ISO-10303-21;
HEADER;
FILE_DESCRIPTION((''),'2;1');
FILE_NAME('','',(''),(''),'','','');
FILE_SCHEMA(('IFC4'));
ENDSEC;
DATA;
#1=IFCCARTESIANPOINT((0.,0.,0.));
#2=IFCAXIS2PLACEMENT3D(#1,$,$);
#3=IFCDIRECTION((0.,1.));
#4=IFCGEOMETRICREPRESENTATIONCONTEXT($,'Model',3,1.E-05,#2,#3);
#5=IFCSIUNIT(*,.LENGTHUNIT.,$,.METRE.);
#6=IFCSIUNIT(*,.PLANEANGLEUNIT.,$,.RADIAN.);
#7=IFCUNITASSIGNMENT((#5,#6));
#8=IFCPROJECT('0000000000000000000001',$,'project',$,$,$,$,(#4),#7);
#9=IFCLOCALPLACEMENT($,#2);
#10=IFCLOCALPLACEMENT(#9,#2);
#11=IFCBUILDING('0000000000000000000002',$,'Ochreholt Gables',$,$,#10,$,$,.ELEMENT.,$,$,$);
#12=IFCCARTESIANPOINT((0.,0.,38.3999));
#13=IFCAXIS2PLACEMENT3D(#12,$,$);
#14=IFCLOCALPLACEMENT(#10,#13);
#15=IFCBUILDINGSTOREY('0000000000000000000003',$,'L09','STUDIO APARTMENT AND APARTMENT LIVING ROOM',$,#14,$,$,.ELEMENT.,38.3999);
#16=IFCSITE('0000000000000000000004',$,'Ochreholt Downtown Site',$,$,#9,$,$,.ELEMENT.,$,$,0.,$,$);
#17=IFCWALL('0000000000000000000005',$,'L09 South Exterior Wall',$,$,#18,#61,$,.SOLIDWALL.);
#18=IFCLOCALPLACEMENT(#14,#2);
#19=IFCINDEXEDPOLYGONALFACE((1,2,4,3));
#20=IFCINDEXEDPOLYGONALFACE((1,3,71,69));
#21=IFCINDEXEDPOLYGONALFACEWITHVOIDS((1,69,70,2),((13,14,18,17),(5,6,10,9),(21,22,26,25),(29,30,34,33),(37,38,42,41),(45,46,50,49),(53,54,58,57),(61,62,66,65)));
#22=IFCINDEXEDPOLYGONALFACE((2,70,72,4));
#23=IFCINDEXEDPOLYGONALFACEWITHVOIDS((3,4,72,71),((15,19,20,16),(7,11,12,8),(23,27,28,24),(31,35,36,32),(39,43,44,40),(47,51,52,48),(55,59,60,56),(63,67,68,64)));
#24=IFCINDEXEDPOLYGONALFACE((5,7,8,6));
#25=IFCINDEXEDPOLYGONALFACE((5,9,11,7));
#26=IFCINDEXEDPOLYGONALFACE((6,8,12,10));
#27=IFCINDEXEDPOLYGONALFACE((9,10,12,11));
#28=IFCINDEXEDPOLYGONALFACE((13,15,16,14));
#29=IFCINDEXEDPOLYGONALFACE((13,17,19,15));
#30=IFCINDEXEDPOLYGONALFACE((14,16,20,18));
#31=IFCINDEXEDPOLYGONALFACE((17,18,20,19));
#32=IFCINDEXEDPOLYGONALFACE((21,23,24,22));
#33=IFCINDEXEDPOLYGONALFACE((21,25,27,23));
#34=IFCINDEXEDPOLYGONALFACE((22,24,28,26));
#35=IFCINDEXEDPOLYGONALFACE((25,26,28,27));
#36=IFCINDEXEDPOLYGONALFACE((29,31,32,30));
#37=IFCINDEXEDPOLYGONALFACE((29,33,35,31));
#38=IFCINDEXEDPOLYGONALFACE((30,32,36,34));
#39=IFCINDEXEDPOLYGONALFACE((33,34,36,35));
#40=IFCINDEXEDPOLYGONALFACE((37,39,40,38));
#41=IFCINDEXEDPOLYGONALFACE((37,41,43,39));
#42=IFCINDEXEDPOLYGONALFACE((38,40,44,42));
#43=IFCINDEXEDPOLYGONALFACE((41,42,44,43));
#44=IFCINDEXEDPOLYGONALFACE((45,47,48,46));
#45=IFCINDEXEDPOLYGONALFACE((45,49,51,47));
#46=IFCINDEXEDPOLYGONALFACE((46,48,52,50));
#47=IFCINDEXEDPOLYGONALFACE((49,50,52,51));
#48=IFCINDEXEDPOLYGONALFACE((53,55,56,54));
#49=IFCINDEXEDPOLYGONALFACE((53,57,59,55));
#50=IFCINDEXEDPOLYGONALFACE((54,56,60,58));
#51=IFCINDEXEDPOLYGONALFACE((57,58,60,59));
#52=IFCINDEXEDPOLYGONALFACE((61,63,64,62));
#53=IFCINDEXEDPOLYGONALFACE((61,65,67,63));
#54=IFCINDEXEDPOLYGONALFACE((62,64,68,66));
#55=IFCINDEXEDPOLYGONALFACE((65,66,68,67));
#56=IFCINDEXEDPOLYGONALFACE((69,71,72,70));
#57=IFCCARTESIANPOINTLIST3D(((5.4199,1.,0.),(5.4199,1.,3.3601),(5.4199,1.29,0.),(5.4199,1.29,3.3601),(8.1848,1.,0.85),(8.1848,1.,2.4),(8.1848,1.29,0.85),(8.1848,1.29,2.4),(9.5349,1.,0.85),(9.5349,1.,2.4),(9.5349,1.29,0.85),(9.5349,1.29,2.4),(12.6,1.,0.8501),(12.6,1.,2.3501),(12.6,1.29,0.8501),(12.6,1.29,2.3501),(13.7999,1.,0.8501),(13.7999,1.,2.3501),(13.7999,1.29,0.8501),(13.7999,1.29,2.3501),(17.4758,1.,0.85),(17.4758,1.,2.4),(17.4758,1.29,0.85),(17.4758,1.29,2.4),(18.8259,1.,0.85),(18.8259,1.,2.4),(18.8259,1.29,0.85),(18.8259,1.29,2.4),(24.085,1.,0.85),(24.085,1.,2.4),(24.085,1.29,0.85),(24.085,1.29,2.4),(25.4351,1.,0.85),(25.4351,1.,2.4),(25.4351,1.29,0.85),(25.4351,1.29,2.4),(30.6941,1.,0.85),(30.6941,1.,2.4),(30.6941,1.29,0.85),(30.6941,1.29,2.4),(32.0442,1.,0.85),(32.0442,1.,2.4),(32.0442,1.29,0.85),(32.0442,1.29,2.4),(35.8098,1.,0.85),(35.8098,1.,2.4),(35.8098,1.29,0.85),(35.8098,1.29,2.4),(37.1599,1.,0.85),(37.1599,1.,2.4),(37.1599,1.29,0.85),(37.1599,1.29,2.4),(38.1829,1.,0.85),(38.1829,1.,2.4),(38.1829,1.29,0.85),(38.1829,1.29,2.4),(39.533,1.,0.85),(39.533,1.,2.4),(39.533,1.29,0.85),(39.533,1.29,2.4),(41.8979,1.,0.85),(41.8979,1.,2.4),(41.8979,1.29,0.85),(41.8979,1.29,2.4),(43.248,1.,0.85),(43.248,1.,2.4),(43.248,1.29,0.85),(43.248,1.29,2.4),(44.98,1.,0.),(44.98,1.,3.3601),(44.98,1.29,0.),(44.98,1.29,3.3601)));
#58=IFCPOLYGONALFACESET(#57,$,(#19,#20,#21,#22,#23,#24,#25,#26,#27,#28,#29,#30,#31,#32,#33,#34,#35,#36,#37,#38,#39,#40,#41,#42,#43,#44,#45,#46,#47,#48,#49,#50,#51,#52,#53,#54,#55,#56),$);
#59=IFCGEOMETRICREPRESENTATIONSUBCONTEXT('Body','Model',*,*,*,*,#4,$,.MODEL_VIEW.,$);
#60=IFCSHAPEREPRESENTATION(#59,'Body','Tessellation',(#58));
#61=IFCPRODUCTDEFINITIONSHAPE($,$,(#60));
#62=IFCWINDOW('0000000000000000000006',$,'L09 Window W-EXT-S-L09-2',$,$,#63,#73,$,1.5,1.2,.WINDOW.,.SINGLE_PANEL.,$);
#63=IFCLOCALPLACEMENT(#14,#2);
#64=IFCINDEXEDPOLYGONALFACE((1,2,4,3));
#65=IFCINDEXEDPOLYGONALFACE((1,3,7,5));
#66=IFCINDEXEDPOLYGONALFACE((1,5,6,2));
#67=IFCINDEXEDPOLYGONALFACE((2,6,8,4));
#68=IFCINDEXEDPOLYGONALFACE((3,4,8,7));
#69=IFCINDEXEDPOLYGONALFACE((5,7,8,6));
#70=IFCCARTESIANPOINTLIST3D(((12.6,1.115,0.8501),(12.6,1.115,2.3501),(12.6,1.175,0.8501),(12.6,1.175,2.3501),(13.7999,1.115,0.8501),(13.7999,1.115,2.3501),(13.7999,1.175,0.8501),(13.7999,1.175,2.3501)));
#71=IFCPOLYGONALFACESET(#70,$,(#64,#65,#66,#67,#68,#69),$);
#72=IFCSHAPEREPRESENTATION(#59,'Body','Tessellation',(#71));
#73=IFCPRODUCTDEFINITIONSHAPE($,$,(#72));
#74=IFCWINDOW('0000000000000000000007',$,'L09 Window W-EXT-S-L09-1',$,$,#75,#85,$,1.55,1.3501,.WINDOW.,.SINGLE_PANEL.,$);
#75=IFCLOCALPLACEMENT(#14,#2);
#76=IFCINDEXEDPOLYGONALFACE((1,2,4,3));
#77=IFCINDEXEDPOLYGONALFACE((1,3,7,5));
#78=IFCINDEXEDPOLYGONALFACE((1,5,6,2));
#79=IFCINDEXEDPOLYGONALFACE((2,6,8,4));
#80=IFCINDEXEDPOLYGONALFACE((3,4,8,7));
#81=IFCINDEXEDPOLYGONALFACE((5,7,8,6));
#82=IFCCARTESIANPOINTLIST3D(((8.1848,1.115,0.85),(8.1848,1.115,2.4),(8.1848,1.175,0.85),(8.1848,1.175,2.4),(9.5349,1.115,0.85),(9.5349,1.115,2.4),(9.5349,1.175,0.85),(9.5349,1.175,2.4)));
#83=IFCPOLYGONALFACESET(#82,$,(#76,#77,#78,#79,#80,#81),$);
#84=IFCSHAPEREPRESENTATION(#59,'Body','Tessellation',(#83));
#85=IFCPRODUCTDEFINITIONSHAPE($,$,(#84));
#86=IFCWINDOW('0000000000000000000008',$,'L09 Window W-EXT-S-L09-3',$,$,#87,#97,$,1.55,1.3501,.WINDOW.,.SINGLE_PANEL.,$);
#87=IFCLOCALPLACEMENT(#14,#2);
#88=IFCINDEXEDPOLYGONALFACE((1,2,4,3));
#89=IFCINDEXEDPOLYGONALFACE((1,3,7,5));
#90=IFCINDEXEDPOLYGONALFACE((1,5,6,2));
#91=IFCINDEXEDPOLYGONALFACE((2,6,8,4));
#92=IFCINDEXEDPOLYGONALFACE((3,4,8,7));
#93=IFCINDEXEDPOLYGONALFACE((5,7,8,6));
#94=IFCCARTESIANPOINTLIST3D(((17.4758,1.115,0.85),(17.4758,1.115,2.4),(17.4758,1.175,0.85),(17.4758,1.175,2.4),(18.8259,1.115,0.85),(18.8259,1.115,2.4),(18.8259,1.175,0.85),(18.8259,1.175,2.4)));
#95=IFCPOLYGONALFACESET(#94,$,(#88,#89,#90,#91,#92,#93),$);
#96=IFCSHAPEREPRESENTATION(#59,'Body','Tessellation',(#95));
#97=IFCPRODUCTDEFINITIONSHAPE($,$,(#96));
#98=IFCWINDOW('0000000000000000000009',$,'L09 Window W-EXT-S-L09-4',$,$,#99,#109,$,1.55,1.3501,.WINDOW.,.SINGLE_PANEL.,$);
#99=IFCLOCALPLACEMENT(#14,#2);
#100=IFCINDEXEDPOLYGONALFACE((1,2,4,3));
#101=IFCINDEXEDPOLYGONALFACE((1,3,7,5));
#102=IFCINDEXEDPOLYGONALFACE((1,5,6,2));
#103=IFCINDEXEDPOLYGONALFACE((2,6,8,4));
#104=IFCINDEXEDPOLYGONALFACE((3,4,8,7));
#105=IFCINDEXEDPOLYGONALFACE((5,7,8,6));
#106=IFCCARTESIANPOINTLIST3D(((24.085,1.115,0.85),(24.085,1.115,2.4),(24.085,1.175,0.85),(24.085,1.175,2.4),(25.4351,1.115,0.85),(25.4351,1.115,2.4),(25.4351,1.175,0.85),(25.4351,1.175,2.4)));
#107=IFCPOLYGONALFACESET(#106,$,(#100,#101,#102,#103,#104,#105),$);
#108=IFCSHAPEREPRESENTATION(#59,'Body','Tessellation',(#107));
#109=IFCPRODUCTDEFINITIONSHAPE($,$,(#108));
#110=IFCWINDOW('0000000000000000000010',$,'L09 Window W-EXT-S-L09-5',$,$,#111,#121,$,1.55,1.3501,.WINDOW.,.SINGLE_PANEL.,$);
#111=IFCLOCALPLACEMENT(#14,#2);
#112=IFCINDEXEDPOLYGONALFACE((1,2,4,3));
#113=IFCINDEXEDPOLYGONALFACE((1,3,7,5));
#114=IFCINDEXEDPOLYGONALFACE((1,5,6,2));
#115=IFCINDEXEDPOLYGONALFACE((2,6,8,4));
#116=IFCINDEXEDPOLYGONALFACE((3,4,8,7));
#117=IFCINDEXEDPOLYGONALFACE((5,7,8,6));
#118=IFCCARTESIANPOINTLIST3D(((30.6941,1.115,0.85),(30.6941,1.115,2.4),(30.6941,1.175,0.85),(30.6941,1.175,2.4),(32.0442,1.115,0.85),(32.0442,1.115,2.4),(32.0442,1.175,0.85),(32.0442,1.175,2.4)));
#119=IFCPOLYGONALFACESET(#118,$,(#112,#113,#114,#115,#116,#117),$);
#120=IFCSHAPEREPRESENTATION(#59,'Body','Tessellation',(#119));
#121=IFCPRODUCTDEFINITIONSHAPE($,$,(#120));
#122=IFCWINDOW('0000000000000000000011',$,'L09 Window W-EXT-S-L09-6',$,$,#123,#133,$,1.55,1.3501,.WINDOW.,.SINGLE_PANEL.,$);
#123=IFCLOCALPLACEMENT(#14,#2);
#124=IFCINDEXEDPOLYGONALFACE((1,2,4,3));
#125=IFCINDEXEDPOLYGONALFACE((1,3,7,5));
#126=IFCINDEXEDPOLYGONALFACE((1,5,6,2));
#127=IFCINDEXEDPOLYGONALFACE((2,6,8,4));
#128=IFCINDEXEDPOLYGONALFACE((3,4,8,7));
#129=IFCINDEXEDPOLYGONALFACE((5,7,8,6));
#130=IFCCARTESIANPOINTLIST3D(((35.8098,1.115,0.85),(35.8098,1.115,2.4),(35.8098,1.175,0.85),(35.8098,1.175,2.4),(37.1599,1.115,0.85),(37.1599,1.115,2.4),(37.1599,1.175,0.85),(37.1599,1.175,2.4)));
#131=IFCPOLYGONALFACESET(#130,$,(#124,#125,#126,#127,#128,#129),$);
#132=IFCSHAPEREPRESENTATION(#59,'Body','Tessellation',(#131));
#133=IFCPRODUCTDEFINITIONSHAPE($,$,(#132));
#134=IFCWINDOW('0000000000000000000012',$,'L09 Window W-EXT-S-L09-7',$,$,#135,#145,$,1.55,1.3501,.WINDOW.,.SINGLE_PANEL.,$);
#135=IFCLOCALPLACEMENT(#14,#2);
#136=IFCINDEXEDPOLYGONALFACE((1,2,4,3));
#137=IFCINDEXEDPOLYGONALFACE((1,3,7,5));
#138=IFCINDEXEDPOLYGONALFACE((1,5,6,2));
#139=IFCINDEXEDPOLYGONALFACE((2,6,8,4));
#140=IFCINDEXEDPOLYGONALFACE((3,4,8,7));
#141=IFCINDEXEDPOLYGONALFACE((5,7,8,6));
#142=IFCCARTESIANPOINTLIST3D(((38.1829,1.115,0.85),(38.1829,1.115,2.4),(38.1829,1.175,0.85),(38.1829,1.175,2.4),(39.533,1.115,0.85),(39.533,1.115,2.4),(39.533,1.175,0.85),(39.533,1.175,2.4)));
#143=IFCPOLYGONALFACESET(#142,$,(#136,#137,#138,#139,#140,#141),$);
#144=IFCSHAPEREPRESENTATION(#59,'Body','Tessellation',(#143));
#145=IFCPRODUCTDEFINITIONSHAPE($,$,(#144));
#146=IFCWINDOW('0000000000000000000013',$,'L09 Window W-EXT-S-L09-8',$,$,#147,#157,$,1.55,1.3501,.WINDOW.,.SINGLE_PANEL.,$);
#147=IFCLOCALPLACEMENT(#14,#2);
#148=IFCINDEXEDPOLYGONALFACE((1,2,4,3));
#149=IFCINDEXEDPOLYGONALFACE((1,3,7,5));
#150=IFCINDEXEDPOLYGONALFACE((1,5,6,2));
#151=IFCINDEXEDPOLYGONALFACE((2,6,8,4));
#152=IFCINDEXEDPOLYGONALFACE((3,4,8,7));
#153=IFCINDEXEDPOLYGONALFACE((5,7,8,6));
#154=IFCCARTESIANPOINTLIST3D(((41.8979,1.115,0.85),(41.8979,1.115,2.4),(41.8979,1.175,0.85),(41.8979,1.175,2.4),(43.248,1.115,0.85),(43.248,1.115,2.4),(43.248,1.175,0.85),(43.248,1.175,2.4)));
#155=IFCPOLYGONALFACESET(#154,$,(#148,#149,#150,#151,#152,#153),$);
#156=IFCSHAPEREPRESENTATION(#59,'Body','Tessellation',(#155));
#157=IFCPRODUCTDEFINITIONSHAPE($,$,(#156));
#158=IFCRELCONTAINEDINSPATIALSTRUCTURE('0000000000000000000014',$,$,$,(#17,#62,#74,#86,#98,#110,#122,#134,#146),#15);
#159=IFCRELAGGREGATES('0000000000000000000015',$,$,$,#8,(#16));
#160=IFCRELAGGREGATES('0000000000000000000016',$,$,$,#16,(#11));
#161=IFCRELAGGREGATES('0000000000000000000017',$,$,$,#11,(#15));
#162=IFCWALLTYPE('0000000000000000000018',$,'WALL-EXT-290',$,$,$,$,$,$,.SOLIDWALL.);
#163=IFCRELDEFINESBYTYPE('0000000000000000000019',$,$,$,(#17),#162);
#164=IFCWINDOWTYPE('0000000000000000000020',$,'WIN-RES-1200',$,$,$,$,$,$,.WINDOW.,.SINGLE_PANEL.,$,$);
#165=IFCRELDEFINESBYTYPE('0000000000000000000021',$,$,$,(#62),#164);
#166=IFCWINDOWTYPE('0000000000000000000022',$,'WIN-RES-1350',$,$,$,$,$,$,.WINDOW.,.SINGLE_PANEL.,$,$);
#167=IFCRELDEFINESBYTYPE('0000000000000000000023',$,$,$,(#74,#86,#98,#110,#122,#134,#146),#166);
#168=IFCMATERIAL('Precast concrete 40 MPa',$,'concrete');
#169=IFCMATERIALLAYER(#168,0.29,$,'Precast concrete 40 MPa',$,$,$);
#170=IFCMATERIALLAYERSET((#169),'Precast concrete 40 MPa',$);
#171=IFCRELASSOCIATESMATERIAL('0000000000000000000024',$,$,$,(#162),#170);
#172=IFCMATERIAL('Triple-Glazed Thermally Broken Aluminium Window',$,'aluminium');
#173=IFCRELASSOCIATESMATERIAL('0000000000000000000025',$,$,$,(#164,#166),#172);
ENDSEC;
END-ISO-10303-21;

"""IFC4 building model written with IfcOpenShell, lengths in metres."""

from ifc_helpers import new_model, si_unit, direction, frame, frame_2d, origin, place, context, subcontext, project, spatial, rectangle, extrude, material, layer, layer_set, type_object, element, fill, save


model = new_model("IFC4")

# Units and contexts
model_context = context("Model", 3, precision=1e-05, world=origin(), true_north=direction((0.0, 1.0)))
body_context = subcontext(model_context, "Body", "Model", "MODEL_VIEW")
ifc_project = project(units=[si_unit("LENGTHUNIT", "METRE"), si_unit("PLANEANGLEUNIT", "RADIAN")], contexts=[model_context])

# Site, building, storey
site_placement = place(None, origin())
site = spatial("IfcSite", under=ifc_project, at=site_placement, Name="Ochreholt Downtown Site", CompositionType="ELEMENT", RefElevation=0.0)
building_placement = place(site_placement, origin())
building = spatial("IfcBuilding", under=site, at=building_placement, Name="Ochreholt Gables", CompositionType="ELEMENT")
storey_placement = place(building_placement, frame((0.0, 0.0, 38.3999)))
storey = spatial("IfcBuildingStorey", under=building, at=storey_placement, Name="L09", Description="STUDIO APARTMENT AND APARTMENT LIVING ROOM", CompositionType="ELEMENT", Elevation=38.3999)

# Wall, openings, windows
ifc_material_1 = material(Name="Precast concrete 40 MPa", Category="concrete")
ifc_layer_1 = layer(ifc_material_1, 0.29, Name="Precast concrete 40 MPa")
ifc_layer_set_1 = layer_set([ifc_layer_1], Name="Precast concrete 40 MPa")
wall_type_1 = type_object("IfcWallType", Name="WALL-EXT-290", PredefinedType="SOLIDWALL", material=ifc_layer_set_1)
wall_1_placement = place(storey_placement, frame((5.4199, 1.145, 0.0), z_axis=(0.0, 0.0, 1.0), x_axis=(1.0, 0.0, 0.0)))
wall_1 = element("IfcWall", 1, at=wall_1_placement, inside=storey, type_object=wall_type_1, Name="L09 South Exterior Wall", PredefinedType="SOLIDWALL", context=body_context, shape_type="SweptSolid", body=[
    extrude(rectangle(XDim=39.5601, YDim=0.29, at=frame_2d((19.78, 0.0))), origin(), (0.0, 0.0, 1.0), 3.3601),
])
opening_1_placement = place(wall_1_placement, frame((2.7649, 0.0, 0.8501)))
opening_1 = element("IfcOpeningElement", 2, at=opening_1_placement, cuts=wall_1, PredefinedType="OPENING", context=body_context, shape_type="SweptSolid", body=[
    extrude(rectangle(XDim=1.3501, YDim=1.55, at=frame_2d((0.675, 0.7749))), frame((0.0, 0.155, 0.0), z_axis=(0.0, -1.0, 0.0), x_axis=(1.0, 0.0, 0.0)), (0.0, 0.0, 1.0), 0.3101),
])
opening_2_placement = place(wall_1_placement, frame((7.1799, 0.0, 0.8501)))
opening_2 = element("IfcOpeningElement", 3, at=opening_2_placement, cuts=wall_1, PredefinedType="OPENING", context=body_context, shape_type="SweptSolid", body=[
    extrude(rectangle(XDim=1.2, YDim=1.5, at=frame_2d((0.6001, 0.75))), frame((0.0, 0.155, 0.0), z_axis=(0.0, -1.0, 0.0), x_axis=(1.0, 0.0, 0.0)), (0.0, 0.0, 1.0), 0.3101),
])
opening_3_placement = place(wall_1_placement, frame((12.0559, 0.0, 0.8501)))
opening_3 = element("IfcOpeningElement", 4, at=opening_3_placement, cuts=wall_1, PredefinedType="OPENING", context=body_context, shape_type="SweptSolid", body=[
    extrude(rectangle(XDim=1.3501, YDim=1.55, at=frame_2d((0.675, 0.7749))), frame((0.0, 0.155, 0.0), z_axis=(0.0, -1.0, 0.0), x_axis=(1.0, 0.0, 0.0)), (0.0, 0.0, 1.0), 0.3101),
])
opening_4_placement = place(wall_1_placement, frame((18.665, 0.0, 0.8501)))
opening_4 = element("IfcOpeningElement", 5, at=opening_4_placement, cuts=wall_1, PredefinedType="OPENING", context=body_context, shape_type="SweptSolid", body=[
    extrude(rectangle(XDim=1.3501, YDim=1.55, at=frame_2d((0.675, 0.7749))), frame((0.0, 0.155, 0.0), z_axis=(0.0, -1.0, 0.0), x_axis=(1.0, 0.0, 0.0)), (0.0, 0.0, 1.0), 0.3101),
])
opening_5_placement = place(wall_1_placement, frame((25.2742, 0.0, 0.8501)))
opening_5 = element("IfcOpeningElement", 6, at=opening_5_placement, cuts=wall_1, PredefinedType="OPENING", context=body_context, shape_type="SweptSolid", body=[
    extrude(rectangle(XDim=1.3501, YDim=1.55, at=frame_2d((0.675, 0.7749))), frame((0.0, 0.155, 0.0), z_axis=(0.0, -1.0, 0.0), x_axis=(1.0, 0.0, 0.0)), (0.0, 0.0, 1.0), 0.3101),
])
opening_6_placement = place(wall_1_placement, frame((30.3899, 0.0, 0.8501)))
opening_6 = element("IfcOpeningElement", 7, at=opening_6_placement, cuts=wall_1, PredefinedType="OPENING", context=body_context, shape_type="SweptSolid", body=[
    extrude(rectangle(XDim=1.3501, YDim=1.55, at=frame_2d((0.675, 0.7749))), frame((0.0, 0.155, 0.0), z_axis=(0.0, -1.0, 0.0), x_axis=(1.0, 0.0, 0.0)), (0.0, 0.0, 1.0), 0.3101),
])
opening_7_placement = place(wall_1_placement, frame((32.7629, 0.0, 0.8501)))
opening_7 = element("IfcOpeningElement", 8, at=opening_7_placement, cuts=wall_1, PredefinedType="OPENING", context=body_context, shape_type="SweptSolid", body=[
    extrude(rectangle(XDim=1.3501, YDim=1.55, at=frame_2d((0.675, 0.7749))), frame((0.0, 0.155, 0.0), z_axis=(0.0, -1.0, 0.0), x_axis=(1.0, 0.0, 0.0)), (0.0, 0.0, 1.0), 0.3101),
])
opening_8_placement = place(wall_1_placement, frame((36.478, 0.0, 0.8501)))
opening_8 = element("IfcOpeningElement", 9, at=opening_8_placement, cuts=wall_1, PredefinedType="OPENING", context=body_context, shape_type="SweptSolid", body=[
    extrude(rectangle(XDim=1.3501, YDim=1.55, at=frame_2d((0.675, 0.7749))), frame((0.0, 0.155, 0.0), z_axis=(0.0, -1.0, 0.0), x_axis=(1.0, 0.0, 0.0)), (0.0, 0.0, 1.0), 0.3101),
])
ifc_material_2 = material(Name="Triple-Glazed Thermally Broken Aluminium Window", Category="aluminium")
window_type_1 = type_object("IfcWindowType", Name="WIN-RES-1200", PartitioningType="SINGLE_PANEL", PredefinedType="WINDOW", material=ifc_material_2)
window_1_placement = place(opening_2_placement, origin())
window_1 = element("IfcWindow", 10, at=window_1_placement, inside=storey, type_object=window_type_1, Name="L09 Window W-EXT-S-L09-2", OverallHeight=1.5, OverallWidth=1.2, PartitioningType="SINGLE_PANEL", PredefinedType="WINDOW", context=body_context, shape_type="SweptSolid", body=[
    extrude(rectangle(XDim=1.2, YDim=1.5, at=frame_2d((0.6001, 0.75))), frame((0.0, 0.03, 0.0), z_axis=(0.0, -1.0, 0.0), x_axis=(1.0, 0.0, 0.0)), (0.0, 0.0, 1.0), 0.0601),
])
fill(opening_2, window_1)
window_type_2 = type_object("IfcWindowType", Name="WIN-RES-1350", PartitioningType="SINGLE_PANEL", PredefinedType="WINDOW", material=ifc_material_2)
window_2_placement = place(opening_1_placement, origin())
window_2 = element("IfcWindow", 11, at=window_2_placement, inside=storey, type_object=window_type_2, Name="L09 Window W-EXT-S-L09-1", OverallHeight=1.55, OverallWidth=1.3501, PartitioningType="SINGLE_PANEL", PredefinedType="WINDOW", context=body_context, shape_type="SweptSolid", body=[
    extrude(rectangle(XDim=1.3501, YDim=1.55, at=frame_2d((0.675, 0.7749))), frame((0.0, 0.03, 0.0), z_axis=(0.0, -1.0, 0.0), x_axis=(1.0, 0.0, 0.0)), (0.0, 0.0, 1.0), 0.0601),
])
fill(opening_1, window_2)
window_3_placement = place(opening_3_placement, origin())
window_3 = element("IfcWindow", 12, at=window_3_placement, inside=storey, type_object=window_type_2, Name="L09 Window W-EXT-S-L09-3", OverallHeight=1.55, OverallWidth=1.3501, PartitioningType="SINGLE_PANEL", PredefinedType="WINDOW", context=body_context, shape_type="SweptSolid", body=[
    extrude(rectangle(XDim=1.3501, YDim=1.55, at=frame_2d((0.675, 0.7749))), frame((0.0, 0.03, 0.0), z_axis=(0.0, -1.0, 0.0), x_axis=(1.0, 0.0, 0.0)), (0.0, 0.0, 1.0), 0.0601),
])
fill(opening_3, window_3)
window_4_placement = place(opening_4_placement, origin())
window_4 = element("IfcWindow", 13, at=window_4_placement, inside=storey, type_object=window_type_2, Name="L09 Window W-EXT-S-L09-4", OverallHeight=1.55, OverallWidth=1.3501, PartitioningType="SINGLE_PANEL", PredefinedType="WINDOW", context=body_context, shape_type="SweptSolid", body=[
    extrude(rectangle(XDim=1.3501, YDim=1.55, at=frame_2d((0.675, 0.7749))), frame((0.0, 0.03, 0.0), z_axis=(0.0, -1.0, 0.0), x_axis=(1.0, 0.0, 0.0)), (0.0, 0.0, 1.0), 0.0601),
])
fill(opening_4, window_4)
window_5_placement = place(opening_5_placement, origin())
window_5 = element("IfcWindow", 14, at=window_5_placement, inside=storey, type_object=window_type_2, Name="L09 Window W-EXT-S-L09-5", OverallHeight=1.55, OverallWidth=1.3501, PartitioningType="SINGLE_PANEL", PredefinedType="WINDOW", context=body_context, shape_type="SweptSolid", body=[
    extrude(rectangle(XDim=1.3501, YDim=1.55, at=frame_2d((0.675, 0.7749))), frame((0.0, 0.03, 0.0), z_axis=(0.0, -1.0, 0.0), x_axis=(1.0, 0.0, 0.0)), (0.0, 0.0, 1.0), 0.0601),
])
fill(opening_5, window_5)
window_6_placement = place(opening_6_placement, origin())
window_6 = element("IfcWindow", 15, at=window_6_placement, inside=storey, type_object=window_type_2, Name="L09 Window W-EXT-S-L09-6", OverallHeight=1.55, OverallWidth=1.3501, PartitioningType="SINGLE_PANEL", PredefinedType="WINDOW", context=body_context, shape_type="SweptSolid", body=[
    extrude(rectangle(XDim=1.3501, YDim=1.55, at=frame_2d((0.675, 0.7749))), frame((0.0, 0.03, 0.0), z_axis=(0.0, -1.0, 0.0), x_axis=(1.0, 0.0, 0.0)), (0.0, 0.0, 1.0), 0.0601),
])
fill(opening_6, window_6)
window_7_placement = place(opening_7_placement, origin())
window_7 = element("IfcWindow", 16, at=window_7_placement, inside=storey, type_object=window_type_2, Name="L09 Window W-EXT-S-L09-7", OverallHeight=1.55, OverallWidth=1.3501, PartitioningType="SINGLE_PANEL", PredefinedType="WINDOW", context=body_context, shape_type="SweptSolid", body=[
    extrude(rectangle(XDim=1.3501, YDim=1.55, at=frame_2d((0.675, 0.7749))), frame((0.0, 0.03, 0.0), z_axis=(0.0, -1.0, 0.0), x_axis=(1.0, 0.0, 0.0)), (0.0, 0.0, 1.0), 0.0601),
])
fill(opening_7, window_7)
window_8_placement = place(opening_8_placement, origin())
window_8 = element("IfcWindow", 17, at=window_8_placement, inside=storey, type_object=window_type_2, Name="L09 Window W-EXT-S-L09-8", OverallHeight=1.55, OverallWidth=1.3501, PartitioningType="SINGLE_PANEL", PredefinedType="WINDOW", context=body_context, shape_type="SweptSolid", body=[
    extrude(rectangle(XDim=1.3501, YDim=1.55, at=frame_2d((0.675, 0.7749))), frame((0.0, 0.03, 0.0), z_axis=(0.0, -1.0, 0.0), x_axis=(1.0, 0.0, 0.0)), (0.0, 0.0, 1.0), 0.0601),
])
fill(opening_8, window_8)

save(model, "model.ifc")
